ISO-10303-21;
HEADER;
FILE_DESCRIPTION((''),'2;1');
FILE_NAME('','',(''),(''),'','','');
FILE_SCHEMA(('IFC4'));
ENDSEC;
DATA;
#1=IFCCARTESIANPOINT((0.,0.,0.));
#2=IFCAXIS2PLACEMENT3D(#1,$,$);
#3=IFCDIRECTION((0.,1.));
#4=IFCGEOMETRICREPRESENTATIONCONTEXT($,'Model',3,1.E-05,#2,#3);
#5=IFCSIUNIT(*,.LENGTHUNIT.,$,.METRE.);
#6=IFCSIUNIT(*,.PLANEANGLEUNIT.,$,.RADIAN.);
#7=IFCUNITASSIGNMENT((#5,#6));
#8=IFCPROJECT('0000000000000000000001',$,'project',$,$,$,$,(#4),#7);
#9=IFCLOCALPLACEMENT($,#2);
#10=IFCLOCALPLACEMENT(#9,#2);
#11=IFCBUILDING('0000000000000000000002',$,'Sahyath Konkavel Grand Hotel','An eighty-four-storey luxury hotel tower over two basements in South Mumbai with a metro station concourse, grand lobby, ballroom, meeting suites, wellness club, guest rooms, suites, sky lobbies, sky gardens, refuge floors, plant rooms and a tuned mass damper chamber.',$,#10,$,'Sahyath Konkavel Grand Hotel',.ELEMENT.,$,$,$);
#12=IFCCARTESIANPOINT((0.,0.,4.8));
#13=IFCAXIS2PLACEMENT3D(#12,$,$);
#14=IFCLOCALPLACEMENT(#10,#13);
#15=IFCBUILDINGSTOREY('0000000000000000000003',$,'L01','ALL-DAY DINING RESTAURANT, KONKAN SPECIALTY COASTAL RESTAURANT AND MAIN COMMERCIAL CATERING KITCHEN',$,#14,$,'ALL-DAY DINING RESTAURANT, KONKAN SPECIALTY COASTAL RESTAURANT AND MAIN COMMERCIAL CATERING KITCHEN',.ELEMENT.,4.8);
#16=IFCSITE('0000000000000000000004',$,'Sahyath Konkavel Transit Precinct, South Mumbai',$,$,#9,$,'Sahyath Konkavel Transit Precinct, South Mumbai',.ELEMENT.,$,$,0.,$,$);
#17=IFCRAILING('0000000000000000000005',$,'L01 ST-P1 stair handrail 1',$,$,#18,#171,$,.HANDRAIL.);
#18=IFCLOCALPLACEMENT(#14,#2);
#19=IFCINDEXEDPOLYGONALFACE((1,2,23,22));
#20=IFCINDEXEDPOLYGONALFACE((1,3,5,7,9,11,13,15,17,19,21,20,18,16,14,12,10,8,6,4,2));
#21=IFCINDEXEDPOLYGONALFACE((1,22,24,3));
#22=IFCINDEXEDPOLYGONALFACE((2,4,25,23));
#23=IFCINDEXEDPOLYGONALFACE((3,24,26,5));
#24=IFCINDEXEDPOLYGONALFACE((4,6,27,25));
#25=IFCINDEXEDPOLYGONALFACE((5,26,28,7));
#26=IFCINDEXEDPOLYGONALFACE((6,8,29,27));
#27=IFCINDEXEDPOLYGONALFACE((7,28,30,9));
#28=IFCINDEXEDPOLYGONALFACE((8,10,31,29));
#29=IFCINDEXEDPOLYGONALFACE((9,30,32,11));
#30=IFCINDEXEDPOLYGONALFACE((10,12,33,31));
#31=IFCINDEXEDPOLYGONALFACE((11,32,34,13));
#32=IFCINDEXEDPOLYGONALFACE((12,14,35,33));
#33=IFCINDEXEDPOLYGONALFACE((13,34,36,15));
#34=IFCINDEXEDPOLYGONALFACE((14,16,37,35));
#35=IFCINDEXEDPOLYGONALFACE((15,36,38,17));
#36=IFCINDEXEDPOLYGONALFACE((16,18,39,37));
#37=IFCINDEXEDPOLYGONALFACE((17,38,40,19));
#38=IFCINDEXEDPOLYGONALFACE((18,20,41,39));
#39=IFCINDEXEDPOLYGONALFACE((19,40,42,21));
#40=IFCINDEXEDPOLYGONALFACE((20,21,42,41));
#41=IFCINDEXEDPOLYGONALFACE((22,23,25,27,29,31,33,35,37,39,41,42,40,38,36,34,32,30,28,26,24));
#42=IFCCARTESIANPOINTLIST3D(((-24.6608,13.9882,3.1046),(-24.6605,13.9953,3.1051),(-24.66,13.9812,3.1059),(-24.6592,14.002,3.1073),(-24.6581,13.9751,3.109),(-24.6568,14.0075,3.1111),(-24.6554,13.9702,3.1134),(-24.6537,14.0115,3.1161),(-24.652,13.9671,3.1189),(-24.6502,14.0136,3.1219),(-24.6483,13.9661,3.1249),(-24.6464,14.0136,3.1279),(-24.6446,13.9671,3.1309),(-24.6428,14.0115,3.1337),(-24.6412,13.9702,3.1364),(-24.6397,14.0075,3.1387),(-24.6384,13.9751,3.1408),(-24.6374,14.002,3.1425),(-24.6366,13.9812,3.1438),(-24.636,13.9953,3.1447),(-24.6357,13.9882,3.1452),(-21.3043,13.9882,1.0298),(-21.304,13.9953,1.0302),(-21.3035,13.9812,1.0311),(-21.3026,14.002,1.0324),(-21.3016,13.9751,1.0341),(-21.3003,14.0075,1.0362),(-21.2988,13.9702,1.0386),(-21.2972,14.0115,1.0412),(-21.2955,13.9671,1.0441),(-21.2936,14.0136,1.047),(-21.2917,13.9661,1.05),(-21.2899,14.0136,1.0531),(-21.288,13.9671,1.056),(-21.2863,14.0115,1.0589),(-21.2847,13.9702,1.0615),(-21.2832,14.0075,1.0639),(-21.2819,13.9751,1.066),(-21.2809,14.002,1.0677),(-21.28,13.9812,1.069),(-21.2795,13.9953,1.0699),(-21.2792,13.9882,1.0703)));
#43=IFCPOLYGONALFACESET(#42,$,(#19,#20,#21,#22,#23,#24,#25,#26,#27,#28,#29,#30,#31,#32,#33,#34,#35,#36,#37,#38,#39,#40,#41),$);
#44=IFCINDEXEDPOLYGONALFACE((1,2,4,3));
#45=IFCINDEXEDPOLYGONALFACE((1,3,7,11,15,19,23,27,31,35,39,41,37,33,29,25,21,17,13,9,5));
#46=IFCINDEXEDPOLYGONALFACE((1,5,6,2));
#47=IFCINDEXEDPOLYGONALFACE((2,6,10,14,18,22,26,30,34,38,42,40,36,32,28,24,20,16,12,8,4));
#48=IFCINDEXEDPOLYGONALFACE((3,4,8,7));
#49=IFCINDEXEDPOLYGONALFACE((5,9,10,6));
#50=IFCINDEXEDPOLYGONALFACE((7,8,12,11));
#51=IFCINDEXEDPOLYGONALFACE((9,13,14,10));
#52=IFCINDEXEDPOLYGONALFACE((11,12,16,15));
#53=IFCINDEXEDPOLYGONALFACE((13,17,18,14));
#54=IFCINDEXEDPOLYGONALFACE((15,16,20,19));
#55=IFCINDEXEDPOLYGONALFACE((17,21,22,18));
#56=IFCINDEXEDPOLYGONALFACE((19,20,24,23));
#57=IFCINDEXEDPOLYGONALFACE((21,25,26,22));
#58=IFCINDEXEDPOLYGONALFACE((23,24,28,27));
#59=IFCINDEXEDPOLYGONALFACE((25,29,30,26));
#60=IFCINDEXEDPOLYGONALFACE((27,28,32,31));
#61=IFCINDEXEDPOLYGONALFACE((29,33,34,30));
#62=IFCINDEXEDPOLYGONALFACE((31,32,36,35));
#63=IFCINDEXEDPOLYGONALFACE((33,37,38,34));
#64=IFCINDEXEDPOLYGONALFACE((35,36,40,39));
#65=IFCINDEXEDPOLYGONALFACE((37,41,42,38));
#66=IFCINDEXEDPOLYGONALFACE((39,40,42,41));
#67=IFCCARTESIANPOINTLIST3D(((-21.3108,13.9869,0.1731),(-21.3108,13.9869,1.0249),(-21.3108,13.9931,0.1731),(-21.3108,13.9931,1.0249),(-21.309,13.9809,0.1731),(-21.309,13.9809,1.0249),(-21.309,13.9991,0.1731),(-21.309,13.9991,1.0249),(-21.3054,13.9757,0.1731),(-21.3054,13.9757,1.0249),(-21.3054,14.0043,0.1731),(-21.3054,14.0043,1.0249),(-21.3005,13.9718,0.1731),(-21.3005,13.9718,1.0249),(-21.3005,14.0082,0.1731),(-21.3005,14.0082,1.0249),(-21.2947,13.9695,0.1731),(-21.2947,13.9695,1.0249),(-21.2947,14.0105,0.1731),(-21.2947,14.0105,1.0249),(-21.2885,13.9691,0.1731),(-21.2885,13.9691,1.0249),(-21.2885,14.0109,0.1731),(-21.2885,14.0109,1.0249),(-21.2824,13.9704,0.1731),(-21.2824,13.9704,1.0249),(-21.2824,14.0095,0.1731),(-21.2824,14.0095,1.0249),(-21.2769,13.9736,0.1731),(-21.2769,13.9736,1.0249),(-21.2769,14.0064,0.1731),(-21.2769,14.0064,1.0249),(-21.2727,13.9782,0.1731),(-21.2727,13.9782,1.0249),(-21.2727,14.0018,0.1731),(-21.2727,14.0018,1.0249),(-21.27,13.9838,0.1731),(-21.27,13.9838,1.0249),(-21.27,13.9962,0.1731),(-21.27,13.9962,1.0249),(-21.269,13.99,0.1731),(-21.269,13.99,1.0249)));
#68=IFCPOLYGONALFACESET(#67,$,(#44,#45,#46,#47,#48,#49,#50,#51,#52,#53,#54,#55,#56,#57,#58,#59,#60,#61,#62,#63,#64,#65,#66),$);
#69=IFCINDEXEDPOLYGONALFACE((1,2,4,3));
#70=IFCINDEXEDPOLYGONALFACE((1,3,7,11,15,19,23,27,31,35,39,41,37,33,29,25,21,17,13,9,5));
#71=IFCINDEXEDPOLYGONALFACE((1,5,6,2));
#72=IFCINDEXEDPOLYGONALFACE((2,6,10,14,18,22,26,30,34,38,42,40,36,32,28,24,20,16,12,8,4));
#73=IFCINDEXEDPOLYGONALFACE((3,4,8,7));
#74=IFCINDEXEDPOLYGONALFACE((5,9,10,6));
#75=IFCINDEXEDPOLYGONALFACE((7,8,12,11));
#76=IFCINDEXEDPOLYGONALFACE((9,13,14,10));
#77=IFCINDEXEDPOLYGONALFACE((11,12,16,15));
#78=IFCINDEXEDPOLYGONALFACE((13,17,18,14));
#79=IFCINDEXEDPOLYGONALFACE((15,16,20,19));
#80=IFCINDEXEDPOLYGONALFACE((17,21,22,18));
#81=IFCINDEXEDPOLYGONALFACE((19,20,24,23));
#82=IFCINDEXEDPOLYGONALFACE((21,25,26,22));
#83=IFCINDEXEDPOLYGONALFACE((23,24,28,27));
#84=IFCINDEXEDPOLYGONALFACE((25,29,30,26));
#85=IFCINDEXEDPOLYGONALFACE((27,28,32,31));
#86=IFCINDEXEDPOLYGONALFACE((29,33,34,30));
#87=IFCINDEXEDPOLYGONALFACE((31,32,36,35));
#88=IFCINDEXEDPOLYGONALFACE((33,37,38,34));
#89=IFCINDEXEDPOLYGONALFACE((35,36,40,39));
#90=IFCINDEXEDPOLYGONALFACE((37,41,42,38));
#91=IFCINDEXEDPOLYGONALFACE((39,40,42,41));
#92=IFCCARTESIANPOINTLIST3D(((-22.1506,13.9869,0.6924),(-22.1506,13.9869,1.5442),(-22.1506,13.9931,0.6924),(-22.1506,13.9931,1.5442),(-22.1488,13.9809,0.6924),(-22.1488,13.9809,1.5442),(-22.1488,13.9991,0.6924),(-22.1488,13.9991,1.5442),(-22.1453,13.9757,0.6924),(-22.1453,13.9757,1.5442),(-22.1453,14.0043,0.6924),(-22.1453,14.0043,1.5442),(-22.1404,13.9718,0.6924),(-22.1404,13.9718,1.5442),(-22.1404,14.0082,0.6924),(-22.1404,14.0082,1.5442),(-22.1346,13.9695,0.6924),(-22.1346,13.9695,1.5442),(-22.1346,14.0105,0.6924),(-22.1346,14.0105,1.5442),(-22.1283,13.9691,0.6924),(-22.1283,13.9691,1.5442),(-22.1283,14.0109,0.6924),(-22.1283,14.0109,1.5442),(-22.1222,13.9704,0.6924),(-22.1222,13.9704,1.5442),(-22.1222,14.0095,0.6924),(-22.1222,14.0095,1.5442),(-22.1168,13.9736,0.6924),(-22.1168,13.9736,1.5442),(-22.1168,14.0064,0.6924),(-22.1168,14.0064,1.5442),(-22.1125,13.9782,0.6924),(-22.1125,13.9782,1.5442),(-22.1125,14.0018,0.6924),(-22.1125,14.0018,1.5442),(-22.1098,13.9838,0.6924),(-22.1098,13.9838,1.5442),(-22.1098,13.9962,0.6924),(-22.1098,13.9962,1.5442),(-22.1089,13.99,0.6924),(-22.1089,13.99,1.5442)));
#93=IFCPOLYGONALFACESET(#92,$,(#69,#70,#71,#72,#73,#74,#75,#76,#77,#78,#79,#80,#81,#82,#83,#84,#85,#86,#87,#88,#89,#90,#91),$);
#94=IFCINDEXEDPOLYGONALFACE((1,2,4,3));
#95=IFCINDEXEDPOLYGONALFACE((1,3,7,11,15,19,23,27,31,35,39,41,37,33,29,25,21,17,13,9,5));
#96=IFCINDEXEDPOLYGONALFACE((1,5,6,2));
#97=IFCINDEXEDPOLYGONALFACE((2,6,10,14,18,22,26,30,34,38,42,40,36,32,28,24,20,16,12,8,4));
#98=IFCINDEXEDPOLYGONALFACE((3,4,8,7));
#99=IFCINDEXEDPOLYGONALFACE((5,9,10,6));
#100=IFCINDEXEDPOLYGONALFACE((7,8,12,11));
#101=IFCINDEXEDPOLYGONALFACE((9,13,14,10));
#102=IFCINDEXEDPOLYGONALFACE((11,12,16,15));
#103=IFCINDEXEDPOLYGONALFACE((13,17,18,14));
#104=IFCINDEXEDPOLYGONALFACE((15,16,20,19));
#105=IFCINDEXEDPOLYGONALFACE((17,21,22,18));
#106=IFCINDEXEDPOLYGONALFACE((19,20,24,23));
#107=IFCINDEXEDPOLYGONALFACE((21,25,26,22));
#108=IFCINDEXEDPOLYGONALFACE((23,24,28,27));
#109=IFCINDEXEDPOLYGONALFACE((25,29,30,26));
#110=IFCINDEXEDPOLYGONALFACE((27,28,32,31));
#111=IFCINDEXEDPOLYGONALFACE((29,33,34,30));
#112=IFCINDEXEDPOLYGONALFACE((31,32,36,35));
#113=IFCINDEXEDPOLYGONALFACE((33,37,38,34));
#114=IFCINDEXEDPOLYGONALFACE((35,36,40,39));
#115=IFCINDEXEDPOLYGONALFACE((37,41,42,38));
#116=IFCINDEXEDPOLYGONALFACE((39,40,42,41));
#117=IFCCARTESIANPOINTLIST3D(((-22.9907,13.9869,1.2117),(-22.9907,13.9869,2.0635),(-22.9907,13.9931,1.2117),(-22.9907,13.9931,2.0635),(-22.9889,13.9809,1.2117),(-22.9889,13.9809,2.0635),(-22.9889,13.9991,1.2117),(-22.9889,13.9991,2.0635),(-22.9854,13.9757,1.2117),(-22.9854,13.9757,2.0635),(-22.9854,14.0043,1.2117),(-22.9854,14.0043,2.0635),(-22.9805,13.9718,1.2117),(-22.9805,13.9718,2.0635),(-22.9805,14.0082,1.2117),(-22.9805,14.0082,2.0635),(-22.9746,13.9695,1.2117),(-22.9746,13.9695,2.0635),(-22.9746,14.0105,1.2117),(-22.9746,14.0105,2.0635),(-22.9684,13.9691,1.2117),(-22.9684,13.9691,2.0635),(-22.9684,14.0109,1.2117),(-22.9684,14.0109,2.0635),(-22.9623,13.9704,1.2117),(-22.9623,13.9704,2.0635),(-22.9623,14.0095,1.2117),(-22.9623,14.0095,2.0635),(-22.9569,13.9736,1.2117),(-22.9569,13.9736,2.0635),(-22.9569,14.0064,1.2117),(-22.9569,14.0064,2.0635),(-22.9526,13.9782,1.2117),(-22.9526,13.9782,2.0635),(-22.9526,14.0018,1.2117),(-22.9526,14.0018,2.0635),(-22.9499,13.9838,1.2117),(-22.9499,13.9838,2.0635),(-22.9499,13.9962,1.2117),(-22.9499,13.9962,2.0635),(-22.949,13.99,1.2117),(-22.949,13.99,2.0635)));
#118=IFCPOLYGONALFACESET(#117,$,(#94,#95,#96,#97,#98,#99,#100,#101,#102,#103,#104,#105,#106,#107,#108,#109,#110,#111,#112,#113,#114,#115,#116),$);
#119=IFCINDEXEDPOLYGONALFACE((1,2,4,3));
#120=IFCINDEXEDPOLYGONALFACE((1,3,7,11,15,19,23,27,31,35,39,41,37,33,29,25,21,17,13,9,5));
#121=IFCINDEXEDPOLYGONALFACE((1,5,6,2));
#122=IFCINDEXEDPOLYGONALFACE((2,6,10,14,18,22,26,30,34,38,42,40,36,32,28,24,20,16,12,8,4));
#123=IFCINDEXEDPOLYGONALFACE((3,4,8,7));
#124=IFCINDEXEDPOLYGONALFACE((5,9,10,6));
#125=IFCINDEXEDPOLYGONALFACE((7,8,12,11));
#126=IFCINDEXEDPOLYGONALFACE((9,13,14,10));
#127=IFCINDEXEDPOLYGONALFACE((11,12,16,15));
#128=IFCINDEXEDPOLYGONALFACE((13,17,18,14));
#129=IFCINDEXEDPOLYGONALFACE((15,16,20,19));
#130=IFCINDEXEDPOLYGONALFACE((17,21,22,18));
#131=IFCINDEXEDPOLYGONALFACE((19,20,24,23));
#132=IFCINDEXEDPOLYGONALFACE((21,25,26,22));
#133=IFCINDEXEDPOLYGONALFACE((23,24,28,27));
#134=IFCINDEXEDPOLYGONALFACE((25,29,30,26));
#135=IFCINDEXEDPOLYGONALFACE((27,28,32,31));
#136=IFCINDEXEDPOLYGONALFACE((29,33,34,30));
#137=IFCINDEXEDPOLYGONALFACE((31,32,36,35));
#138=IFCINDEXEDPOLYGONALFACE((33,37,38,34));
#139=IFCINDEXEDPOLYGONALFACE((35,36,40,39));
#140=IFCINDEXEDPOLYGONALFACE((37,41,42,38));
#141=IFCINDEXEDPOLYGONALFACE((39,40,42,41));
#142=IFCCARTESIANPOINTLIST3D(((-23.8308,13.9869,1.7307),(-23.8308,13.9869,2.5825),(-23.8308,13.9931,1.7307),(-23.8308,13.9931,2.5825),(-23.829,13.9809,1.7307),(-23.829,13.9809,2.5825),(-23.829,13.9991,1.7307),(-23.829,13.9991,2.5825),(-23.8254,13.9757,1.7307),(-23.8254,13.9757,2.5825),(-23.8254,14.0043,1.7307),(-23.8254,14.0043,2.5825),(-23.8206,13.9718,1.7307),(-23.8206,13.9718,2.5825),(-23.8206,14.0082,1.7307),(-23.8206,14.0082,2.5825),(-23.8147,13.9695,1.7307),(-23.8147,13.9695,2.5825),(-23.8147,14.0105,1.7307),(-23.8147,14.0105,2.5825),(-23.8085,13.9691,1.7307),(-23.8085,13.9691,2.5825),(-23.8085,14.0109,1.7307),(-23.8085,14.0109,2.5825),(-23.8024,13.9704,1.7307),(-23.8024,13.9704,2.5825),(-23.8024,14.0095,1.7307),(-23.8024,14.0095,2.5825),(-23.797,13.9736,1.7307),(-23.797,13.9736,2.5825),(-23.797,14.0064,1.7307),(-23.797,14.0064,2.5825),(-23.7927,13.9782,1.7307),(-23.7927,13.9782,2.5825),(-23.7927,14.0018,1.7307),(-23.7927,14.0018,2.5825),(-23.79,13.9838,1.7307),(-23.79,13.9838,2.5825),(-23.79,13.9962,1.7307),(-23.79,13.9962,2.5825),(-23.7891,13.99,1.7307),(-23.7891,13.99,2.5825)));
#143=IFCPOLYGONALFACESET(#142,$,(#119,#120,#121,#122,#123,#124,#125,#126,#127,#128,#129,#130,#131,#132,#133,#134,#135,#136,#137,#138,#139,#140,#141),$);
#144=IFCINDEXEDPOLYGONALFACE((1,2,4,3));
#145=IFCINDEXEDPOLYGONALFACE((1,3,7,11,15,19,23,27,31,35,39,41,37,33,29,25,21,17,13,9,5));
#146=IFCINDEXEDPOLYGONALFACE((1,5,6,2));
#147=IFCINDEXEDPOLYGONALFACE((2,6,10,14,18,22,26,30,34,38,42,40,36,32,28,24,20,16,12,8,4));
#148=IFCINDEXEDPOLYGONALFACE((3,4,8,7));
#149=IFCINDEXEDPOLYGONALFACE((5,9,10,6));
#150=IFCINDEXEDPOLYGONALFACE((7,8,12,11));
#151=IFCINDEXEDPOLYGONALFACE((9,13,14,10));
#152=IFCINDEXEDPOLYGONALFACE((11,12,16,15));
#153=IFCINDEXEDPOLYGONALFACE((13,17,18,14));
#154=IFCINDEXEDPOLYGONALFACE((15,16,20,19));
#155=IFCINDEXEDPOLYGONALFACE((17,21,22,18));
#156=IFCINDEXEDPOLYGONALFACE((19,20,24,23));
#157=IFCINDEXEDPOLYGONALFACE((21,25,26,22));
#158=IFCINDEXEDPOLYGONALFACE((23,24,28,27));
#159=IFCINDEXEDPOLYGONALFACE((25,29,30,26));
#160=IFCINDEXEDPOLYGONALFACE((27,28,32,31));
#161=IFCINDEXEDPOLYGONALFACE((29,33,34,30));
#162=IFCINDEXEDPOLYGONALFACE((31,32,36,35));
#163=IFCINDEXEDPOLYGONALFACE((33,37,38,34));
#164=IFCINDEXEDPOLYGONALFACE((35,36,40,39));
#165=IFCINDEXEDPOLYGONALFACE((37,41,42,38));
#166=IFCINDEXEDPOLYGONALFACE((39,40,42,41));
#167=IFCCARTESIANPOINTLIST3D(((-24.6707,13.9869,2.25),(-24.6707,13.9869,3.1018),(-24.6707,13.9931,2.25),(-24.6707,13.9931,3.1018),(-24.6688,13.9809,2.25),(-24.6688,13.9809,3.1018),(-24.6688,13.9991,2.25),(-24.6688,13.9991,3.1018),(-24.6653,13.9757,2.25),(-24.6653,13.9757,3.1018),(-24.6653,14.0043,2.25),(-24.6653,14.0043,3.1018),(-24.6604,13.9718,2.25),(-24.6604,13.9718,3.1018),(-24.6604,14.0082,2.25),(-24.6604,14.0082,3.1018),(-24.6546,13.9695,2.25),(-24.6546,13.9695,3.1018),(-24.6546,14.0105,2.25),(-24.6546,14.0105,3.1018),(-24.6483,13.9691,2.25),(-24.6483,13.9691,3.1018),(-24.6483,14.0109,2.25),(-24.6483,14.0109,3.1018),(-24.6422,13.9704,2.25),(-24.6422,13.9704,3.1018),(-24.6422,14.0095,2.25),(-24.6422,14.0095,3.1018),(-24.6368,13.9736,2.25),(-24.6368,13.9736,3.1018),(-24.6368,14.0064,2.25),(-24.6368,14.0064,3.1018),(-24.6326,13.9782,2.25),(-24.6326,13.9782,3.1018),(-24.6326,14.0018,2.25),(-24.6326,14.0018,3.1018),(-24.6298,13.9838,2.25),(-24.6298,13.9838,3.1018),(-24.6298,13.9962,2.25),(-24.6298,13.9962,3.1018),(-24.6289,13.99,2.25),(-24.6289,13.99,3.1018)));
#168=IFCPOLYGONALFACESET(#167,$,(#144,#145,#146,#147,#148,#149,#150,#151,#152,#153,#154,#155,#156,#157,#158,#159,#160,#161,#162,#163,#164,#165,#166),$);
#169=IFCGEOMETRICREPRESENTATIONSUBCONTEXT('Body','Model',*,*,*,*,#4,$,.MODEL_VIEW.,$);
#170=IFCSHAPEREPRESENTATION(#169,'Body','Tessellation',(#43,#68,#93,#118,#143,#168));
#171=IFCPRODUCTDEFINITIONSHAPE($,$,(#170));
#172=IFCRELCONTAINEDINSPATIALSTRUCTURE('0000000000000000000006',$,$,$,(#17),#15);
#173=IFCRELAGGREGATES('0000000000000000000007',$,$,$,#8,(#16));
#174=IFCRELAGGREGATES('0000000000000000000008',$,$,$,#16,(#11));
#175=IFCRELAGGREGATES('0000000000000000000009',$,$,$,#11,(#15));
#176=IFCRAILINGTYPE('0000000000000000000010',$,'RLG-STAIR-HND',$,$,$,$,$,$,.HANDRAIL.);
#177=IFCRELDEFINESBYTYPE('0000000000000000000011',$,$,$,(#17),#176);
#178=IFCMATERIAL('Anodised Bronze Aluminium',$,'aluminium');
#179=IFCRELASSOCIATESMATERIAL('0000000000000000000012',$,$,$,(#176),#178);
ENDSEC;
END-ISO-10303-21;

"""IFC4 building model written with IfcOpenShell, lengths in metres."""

from ifc_helpers import new_model, si_unit, direction, frame, origin, origin_2d, place, context, subcontext, project, spatial, circle, extrude, material, type_object, element, save


model = new_model("IFC4")

# Units and contexts
model_context = context("Model", 3, precision=1e-05, world=origin(), true_north=direction((0.0, 1.0)))
body_context = subcontext(model_context, "Body", "Model", "MODEL_VIEW")
ifc_project = project(units=[si_unit("LENGTHUNIT", "METRE"), si_unit("PLANEANGLEUNIT", "RADIAN")], contexts=[model_context])

# Site, building, storey
site_placement = place(None, origin())
site = spatial("IfcSite", under=ifc_project, at=site_placement, Name="Sahyath Konkavel Transit Precinct, South Mumbai", LongName="Sahyath Konkavel Transit Precinct, South Mumbai", CompositionType="ELEMENT", RefElevation=0.0)
building_placement = place(site_placement, origin())
building = spatial("IfcBuilding", under=site, at=building_placement, Name="Sahyath Konkavel Grand Hotel", Description="An eighty-four-storey luxury hotel tower over two basements in South Mumbai with a metro station concourse, grand lobby, ballroom, meeting suites, wellness club, guest rooms, suites, sky lobbies, sky gardens, refuge floors, plant rooms and a tuned mass damper chamber.", LongName="Sahyath Konkavel Grand Hotel", CompositionType="ELEMENT")
storey_placement = place(building_placement, frame((0.0, 0.0, 4.8)))
storey = spatial("IfcBuildingStorey", under=building, at=storey_placement, Name="L01", Description="ALL-DAY DINING RESTAURANT, KONKAN SPECIALTY COASTAL RESTAURANT AND MAIN COMMERCIAL CATERING KITCHEN", LongName="ALL-DAY DINING RESTAURANT, KONKAN SPECIALTY COASTAL RESTAURANT AND MAIN COMMERCIAL CATERING KITCHEN", CompositionType="ELEMENT", Elevation=4.8)

# Shared definitions
ifc_material_1 = material(Name="Anodised Bronze Aluminium", Category="aluminium")

# Railing
railing_type_1 = type_object("IfcRailingType", Name="RLG-STAIR-HND", PredefinedType="HANDRAIL", material=ifc_material_1)
railing_1_placement = place(storey_placement, frame((-21.29, 13.99, 0.1731)))
element("IfcRailing", 1, at=railing_1_placement, inside=storey, type_object=railing_type_1, Name="L01 ST-P1 stair handrail 1", PredefinedType="HANDRAIL", context=body_context, shape_type="SweptSolid", body=[
    extrude(circle(Radius=0.0239, at=origin_2d()), frame((-0.0017, 0.0, 0.877), z_axis=(-0.850606, 0.0, 0.525803), x_axis=(0.0, -1.0, 0.0)), (0.0, 0.0, 1.0), 3.946),
    extrude(circle(Radius=0.021, at=origin_2d()), origin(), (0.0, 0.0, 1.0), 0.8518),
    extrude(circle(Radius=0.021, at=origin_2d()), frame((-0.8398, 0.0, 0.5193)), (0.0, 0.0, 1.0), 0.8518),
    extrude(circle(Radius=0.021, at=origin_2d()), frame((-1.6799, 0.0, 1.0386)), (0.0, 0.0, 1.0), 0.8518),
    extrude(circle(Radius=0.021, at=origin_2d()), frame((-2.52, 0.0, 1.5576)), (0.0, 0.0, 1.0), 0.8518),
    extrude(circle(Radius=0.021, at=origin_2d()), frame((-3.3599, 0.0, 2.0769)), (0.0, 0.0, 1.0), 0.8518),
])

save(model, "model.ifc")
